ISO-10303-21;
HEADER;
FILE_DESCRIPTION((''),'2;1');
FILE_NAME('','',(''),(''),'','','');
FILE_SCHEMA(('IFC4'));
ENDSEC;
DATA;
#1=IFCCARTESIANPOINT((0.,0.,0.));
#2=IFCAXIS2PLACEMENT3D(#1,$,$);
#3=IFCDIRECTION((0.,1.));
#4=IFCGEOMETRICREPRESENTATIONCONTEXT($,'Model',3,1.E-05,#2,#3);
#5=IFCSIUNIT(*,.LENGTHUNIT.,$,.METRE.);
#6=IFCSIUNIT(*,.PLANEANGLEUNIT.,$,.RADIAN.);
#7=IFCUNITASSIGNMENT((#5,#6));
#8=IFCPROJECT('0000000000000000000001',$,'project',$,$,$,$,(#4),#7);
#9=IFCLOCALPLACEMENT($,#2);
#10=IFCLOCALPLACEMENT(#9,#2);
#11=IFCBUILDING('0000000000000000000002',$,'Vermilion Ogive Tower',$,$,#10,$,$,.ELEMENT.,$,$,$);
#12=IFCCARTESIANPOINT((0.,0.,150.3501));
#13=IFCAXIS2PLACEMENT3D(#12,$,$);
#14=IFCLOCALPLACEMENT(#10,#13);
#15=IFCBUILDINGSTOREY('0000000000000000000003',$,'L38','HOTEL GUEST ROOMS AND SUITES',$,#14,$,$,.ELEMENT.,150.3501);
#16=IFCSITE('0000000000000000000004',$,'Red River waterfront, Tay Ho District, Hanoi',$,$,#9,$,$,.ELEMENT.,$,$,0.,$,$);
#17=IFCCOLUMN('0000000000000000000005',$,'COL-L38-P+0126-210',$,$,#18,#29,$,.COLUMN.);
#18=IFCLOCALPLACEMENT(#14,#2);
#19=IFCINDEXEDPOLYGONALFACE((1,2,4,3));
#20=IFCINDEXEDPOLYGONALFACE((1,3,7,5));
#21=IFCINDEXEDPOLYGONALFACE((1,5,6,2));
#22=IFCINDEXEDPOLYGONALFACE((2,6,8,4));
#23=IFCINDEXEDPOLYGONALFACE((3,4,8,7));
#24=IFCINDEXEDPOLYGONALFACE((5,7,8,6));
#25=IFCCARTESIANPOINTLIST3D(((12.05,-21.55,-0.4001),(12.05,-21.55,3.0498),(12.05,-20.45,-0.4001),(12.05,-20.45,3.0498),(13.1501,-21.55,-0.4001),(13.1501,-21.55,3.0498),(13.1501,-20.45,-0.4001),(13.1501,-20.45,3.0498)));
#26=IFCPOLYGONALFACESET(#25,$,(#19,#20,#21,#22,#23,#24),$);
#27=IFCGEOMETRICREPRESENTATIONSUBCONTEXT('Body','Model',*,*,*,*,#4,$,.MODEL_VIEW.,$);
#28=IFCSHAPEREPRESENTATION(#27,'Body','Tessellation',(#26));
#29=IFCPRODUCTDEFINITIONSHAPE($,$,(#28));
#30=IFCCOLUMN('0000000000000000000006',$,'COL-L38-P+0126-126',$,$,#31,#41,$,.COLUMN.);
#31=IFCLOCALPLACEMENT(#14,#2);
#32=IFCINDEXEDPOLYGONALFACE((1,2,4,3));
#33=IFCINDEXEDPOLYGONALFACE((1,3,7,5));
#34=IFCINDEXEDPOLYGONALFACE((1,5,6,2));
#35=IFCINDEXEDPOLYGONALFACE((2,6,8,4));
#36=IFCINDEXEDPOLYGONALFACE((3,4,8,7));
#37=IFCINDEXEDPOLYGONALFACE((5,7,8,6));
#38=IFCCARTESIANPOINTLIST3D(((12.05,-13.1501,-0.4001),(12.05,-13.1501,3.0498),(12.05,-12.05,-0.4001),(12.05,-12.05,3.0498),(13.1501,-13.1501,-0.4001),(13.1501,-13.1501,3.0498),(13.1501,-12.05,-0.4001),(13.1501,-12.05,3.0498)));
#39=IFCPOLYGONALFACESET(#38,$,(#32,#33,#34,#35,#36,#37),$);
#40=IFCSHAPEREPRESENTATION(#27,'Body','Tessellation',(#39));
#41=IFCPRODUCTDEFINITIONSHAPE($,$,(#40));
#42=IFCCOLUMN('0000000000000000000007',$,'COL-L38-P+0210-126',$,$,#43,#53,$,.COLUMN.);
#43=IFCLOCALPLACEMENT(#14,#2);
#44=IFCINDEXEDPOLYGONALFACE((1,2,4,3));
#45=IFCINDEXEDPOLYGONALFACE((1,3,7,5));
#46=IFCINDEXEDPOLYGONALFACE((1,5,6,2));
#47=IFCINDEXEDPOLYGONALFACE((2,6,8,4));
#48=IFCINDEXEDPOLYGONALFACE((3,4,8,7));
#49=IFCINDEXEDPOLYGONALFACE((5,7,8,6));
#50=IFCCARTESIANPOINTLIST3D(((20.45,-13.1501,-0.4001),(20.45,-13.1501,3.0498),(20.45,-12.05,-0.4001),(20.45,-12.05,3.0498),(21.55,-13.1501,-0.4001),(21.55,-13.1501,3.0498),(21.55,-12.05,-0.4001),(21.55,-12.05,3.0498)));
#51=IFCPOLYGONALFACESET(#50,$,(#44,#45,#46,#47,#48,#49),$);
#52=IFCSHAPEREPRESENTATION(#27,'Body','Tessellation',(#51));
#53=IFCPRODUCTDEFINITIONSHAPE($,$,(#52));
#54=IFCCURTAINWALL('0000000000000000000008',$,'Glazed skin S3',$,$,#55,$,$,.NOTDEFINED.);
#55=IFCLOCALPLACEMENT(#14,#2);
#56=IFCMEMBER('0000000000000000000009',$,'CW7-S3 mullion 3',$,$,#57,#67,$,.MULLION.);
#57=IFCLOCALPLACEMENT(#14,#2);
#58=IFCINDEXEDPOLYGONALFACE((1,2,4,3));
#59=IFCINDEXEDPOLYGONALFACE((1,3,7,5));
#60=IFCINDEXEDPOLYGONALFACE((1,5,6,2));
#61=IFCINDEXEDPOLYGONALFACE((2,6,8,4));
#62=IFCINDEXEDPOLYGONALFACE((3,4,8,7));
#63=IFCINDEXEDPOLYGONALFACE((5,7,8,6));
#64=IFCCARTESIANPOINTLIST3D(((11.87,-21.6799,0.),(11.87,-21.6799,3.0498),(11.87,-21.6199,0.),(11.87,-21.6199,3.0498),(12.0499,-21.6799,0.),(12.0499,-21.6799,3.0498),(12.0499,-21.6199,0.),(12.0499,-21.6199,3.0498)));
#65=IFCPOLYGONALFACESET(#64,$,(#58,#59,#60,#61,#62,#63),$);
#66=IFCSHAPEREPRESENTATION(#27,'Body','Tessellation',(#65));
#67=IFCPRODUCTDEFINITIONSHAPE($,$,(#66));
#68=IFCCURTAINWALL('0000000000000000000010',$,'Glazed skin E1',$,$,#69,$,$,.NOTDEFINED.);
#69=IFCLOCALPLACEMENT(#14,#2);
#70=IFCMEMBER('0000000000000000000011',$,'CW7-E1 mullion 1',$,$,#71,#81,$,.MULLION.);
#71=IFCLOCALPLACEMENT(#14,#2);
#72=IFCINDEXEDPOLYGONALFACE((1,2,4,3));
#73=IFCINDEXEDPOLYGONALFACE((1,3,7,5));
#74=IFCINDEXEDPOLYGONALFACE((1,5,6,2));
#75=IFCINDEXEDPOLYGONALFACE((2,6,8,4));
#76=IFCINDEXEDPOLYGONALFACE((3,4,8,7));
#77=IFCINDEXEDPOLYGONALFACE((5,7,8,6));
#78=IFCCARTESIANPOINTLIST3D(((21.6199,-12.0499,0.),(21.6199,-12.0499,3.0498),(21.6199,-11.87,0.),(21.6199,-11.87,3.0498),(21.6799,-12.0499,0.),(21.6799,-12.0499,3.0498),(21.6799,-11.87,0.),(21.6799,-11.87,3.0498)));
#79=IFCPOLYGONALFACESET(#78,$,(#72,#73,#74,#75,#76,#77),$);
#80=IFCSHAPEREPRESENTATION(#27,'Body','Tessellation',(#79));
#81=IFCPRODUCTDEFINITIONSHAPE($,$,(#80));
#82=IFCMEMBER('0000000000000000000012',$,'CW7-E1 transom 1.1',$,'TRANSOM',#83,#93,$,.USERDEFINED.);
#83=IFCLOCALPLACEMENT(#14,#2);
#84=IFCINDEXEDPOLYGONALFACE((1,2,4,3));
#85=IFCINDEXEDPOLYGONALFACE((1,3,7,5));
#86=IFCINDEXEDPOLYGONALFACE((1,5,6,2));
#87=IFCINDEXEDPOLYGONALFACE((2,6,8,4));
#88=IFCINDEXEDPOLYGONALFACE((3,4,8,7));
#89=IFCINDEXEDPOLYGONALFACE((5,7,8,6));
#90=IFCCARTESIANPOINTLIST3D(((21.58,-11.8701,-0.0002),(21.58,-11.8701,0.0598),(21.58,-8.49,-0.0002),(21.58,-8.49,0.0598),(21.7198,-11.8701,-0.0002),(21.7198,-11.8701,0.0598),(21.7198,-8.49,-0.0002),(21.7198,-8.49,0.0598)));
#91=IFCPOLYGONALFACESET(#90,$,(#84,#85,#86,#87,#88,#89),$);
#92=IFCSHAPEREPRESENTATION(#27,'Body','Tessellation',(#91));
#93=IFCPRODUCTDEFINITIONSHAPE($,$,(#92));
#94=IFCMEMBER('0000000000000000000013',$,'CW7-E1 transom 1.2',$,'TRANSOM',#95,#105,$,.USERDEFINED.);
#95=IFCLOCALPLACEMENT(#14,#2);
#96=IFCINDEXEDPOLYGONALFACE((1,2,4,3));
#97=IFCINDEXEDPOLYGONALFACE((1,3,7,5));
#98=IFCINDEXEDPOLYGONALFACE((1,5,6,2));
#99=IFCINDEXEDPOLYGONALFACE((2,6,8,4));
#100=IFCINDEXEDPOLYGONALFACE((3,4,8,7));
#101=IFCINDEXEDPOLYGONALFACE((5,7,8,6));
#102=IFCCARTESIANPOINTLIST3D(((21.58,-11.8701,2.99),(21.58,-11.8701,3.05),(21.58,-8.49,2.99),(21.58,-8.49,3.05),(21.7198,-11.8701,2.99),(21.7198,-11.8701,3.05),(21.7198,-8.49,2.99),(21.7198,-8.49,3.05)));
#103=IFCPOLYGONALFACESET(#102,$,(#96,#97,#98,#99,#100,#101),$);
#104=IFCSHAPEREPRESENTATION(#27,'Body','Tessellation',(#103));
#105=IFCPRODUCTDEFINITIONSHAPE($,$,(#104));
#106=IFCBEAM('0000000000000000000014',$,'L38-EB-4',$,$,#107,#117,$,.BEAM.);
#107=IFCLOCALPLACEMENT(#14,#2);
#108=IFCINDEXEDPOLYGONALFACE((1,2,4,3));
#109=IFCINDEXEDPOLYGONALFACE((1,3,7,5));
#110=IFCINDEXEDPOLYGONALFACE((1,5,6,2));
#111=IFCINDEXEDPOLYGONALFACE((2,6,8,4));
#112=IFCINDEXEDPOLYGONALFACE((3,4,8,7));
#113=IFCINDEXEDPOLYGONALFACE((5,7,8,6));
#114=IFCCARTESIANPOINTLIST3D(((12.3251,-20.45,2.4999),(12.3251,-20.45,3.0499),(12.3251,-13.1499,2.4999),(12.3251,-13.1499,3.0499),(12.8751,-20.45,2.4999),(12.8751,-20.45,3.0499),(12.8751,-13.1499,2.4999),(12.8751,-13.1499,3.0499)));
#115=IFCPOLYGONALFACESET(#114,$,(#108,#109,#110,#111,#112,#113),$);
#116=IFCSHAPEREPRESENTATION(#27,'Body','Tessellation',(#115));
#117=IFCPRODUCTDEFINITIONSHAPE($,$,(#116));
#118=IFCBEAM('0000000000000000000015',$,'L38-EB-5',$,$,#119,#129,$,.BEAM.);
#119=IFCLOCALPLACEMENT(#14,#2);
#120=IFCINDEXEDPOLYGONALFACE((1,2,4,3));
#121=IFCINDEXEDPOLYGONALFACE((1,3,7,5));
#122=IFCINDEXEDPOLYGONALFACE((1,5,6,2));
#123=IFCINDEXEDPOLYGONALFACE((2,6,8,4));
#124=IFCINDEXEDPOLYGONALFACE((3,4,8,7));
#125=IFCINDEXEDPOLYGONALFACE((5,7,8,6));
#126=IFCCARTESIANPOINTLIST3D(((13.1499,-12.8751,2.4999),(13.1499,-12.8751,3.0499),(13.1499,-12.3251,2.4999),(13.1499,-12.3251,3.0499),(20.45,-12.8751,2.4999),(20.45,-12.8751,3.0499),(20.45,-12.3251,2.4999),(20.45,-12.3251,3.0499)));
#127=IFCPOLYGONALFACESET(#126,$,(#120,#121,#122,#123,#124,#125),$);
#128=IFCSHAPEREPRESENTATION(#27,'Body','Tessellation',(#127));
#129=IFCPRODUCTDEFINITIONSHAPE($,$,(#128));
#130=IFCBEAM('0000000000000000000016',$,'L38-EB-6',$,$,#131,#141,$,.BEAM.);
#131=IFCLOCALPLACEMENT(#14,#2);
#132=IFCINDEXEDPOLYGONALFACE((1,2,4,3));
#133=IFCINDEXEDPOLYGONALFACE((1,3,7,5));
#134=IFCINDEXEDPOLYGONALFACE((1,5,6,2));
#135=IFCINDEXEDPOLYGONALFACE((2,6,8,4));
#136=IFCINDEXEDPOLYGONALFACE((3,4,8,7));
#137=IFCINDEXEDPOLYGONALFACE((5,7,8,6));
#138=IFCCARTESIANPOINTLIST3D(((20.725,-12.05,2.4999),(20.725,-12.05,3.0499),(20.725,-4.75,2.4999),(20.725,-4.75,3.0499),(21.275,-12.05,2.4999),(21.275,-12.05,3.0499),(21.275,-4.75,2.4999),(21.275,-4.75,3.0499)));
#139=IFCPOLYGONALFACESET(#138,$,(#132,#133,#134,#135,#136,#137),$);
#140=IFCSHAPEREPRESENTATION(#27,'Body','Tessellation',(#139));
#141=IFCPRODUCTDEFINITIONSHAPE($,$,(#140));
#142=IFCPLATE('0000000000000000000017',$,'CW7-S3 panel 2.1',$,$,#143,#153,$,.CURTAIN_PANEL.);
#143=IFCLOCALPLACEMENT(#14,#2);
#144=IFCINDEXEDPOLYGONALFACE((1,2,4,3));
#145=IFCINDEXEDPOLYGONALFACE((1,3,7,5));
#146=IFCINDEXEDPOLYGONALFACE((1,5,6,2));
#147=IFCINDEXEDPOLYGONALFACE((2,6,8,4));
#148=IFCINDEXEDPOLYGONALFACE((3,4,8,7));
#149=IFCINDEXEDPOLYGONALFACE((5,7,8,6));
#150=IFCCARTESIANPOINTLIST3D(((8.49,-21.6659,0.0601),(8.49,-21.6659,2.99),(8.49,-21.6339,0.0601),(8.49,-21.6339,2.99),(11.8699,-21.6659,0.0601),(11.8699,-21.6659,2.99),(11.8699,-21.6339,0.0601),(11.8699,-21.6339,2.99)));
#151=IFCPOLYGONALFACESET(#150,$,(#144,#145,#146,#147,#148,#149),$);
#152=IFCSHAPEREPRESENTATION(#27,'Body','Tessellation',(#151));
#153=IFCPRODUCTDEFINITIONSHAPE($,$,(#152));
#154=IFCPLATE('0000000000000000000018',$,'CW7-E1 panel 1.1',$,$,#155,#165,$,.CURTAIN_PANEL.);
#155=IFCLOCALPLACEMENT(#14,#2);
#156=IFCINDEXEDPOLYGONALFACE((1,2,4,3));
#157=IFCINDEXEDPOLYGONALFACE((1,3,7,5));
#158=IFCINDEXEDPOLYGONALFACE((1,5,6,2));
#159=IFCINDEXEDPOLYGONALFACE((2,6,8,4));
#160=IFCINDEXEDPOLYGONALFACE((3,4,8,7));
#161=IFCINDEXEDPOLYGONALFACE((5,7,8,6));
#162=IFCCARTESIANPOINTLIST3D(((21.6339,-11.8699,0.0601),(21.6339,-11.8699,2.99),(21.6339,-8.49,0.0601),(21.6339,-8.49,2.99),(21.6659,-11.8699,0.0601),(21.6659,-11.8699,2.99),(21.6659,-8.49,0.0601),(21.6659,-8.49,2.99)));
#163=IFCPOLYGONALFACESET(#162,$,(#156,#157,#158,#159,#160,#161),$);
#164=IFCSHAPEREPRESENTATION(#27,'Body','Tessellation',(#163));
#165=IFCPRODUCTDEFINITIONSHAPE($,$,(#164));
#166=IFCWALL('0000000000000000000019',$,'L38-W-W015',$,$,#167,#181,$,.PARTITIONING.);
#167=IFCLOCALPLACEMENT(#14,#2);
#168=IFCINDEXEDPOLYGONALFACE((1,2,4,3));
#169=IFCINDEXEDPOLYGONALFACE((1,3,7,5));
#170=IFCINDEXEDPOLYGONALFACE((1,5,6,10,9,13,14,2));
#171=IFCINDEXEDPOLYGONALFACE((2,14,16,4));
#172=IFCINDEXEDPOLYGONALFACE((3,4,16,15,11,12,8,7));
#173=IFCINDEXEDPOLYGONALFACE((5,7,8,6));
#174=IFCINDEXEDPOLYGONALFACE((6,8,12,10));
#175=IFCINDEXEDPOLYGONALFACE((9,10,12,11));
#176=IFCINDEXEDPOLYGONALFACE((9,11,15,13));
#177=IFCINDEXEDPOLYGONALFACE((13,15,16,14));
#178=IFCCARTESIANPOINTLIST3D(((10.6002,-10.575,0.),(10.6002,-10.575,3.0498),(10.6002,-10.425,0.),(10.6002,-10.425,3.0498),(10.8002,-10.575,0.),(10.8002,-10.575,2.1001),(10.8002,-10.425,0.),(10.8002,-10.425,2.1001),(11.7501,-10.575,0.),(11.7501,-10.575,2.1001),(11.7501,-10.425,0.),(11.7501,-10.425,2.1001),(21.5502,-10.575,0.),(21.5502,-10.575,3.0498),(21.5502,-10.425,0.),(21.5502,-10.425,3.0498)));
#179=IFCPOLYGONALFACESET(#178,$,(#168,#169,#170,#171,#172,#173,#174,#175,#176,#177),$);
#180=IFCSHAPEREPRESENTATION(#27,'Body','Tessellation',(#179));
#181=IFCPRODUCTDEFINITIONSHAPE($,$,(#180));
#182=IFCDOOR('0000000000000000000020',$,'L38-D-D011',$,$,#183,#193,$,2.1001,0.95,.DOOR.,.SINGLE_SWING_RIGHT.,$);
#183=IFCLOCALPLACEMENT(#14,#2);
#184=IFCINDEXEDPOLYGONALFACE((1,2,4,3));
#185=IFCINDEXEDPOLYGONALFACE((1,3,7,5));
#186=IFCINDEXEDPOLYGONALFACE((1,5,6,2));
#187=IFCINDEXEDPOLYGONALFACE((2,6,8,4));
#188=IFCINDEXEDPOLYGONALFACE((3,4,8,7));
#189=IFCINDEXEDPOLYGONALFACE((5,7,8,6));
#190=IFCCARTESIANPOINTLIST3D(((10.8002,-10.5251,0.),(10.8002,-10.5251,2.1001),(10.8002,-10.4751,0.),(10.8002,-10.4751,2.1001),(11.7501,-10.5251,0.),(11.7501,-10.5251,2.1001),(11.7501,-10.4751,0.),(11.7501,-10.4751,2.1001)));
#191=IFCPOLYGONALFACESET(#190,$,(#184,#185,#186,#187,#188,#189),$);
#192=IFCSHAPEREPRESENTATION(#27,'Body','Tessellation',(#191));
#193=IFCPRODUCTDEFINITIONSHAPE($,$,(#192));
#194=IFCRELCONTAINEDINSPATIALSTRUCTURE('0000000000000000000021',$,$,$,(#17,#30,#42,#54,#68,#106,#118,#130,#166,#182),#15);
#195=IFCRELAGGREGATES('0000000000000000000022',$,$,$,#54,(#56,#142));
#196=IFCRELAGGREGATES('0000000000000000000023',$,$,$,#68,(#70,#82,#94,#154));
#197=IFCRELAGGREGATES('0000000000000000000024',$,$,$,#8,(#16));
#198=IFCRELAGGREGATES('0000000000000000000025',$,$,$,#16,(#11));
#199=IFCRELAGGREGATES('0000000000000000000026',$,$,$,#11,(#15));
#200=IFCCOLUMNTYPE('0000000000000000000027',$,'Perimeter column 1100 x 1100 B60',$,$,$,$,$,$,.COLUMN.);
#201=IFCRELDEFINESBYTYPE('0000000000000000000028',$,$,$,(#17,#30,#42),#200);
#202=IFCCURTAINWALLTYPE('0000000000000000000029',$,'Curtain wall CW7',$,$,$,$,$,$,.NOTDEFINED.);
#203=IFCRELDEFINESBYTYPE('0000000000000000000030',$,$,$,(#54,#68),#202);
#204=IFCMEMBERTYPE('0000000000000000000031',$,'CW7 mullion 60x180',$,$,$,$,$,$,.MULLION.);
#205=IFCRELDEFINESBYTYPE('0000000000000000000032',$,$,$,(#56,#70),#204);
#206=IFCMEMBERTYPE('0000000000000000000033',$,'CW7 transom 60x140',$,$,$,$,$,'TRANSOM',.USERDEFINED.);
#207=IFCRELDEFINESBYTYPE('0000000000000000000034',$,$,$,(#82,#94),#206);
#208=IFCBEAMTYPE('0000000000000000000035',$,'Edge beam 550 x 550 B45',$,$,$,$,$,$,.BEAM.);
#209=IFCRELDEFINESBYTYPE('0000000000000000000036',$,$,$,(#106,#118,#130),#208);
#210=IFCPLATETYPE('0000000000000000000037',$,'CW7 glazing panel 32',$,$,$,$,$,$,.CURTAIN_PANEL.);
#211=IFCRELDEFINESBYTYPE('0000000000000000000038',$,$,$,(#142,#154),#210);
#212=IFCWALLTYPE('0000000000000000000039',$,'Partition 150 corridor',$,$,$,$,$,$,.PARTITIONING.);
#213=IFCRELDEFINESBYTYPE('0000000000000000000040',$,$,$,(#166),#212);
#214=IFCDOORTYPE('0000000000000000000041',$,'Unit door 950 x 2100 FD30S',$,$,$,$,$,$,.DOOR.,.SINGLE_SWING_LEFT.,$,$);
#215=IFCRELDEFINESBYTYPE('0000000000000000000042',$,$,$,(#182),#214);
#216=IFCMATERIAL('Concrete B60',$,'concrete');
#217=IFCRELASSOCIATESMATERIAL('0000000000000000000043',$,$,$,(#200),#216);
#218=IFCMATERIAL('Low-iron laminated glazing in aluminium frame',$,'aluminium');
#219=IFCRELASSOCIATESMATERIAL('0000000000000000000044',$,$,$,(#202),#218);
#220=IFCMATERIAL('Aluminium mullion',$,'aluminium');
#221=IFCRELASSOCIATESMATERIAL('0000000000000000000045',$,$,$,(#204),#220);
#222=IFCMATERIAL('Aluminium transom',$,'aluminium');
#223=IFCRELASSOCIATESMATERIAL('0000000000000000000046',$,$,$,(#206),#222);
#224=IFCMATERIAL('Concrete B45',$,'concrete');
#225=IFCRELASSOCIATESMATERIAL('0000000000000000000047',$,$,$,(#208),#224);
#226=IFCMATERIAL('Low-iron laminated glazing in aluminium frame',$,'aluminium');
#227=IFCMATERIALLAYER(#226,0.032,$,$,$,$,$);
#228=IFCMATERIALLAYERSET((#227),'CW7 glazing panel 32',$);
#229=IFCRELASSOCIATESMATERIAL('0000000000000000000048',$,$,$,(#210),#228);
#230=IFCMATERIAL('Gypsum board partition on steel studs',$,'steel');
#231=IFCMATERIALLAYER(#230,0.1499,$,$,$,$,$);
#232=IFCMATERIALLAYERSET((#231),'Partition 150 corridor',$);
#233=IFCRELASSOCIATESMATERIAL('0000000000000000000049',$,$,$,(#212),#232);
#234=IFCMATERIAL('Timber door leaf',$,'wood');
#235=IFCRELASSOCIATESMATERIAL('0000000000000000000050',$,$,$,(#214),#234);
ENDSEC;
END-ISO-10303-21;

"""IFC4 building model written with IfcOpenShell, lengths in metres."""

from ifc_helpers import new_model, si_unit, direction, frame, frame_2d, origin, origin_2d, place, context, subcontext, project, spatial, rectangle, extrude, material, layer, layer_set, material_profile, profile_set, type_object, element, fill, aggregate, save


model = new_model("IFC4")

# Units and contexts
model_context = context("Model", 3, precision=1e-05, world=origin(), true_north=direction((0.0, 1.0)))
body_context = subcontext(model_context, "Body", "Model", "MODEL_VIEW")
ifc_project = project(units=[si_unit("LENGTHUNIT", "METRE"), si_unit("PLANEANGLEUNIT", "RADIAN")], contexts=[model_context])

# Site, building, storey
site_placement = place(None, origin())
site = spatial("IfcSite", under=ifc_project, at=site_placement, Name="Red River waterfront, Tay Ho District, Hanoi", CompositionType="ELEMENT", RefElevation=0.0)
building_placement = place(site_placement, origin())
building = spatial("IfcBuilding", under=site, at=building_placement, Name="Vermilion Ogive Tower", CompositionType="ELEMENT")
storey_placement = place(building_placement, frame((0.0, 0.0, 150.3501)))
storey = spatial("IfcBuildingStorey", under=building, at=storey_placement, Name="L38", Description="HOTEL GUEST ROOMS AND SUITES", CompositionType="ELEMENT", Elevation=150.3501)

# Columns
ifc_material_1 = material(Name="Concrete B60", Category="concrete")
ifc_material_profile_1 = material_profile(ifc_material_1, rectangle(XDim=1.1001, YDim=1.1001, at=origin_2d()), Name="1100 x 1100")
ifc_profile_set_1 = profile_set([ifc_material_profile_1], Name="Concrete B60")
column_type = type_object("IfcColumnType", Name="Perimeter column 1100 x 1100 B60", PredefinedType="COLUMN", material=ifc_profile_set_1)
for number, where, z_axis, x_axis, name in (
    (1, (12.6001, -21.0, -0.4001), (0.0, 0.0, 1.0), (1.0, 0.0, 0.0), "COL-L38-P+0126-210"),
    (2, (12.6001, -12.6001, -0.4001), (0.0, 0.0, 1.0), (1.0, 0.0, 0.0), "COL-L38-P+0126-126"),
    (3, (21.0, -12.6001, -0.4001), (0.0, 0.0, 1.0), (1.0, 0.0, 0.0), "COL-L38-P+0210-126"),
):
    element("IfcColumn", number, at=place(storey_placement, frame(where, z_axis=z_axis, x_axis=x_axis)), inside=storey, type_object=column_type, Name=name, PredefinedType="COLUMN", context=body_context, shape_type="SweptSolid", body=[
        extrude(rectangle(XDim=1.1001, YDim=1.1001, at=origin_2d()), origin(), (0.0, 0.0, 1.0), 3.45),
    ])

# Curtain wall, member
ifc_material_2 = material(Name="Low-iron laminated glazing in aluminium frame", Category="aluminium")
curtain_wall_type = type_object("IfcCurtainWallType", Name="Curtain wall CW7", PredefinedType="NOTDEFINED", material=ifc_material_2)
curtain_wall_1_placement = place(storey_placement, origin())
curtain_wall_1 = element("IfcCurtainWall", 4, at=curtain_wall_1_placement, inside=storey, type_object=curtain_wall_type, Name="Glazed skin S3", PredefinedType="NOTDEFINED")
ifc_material_3 = material(Name="Aluminium mullion", Category="aluminium")
ifc_material_profile_2 = material_profile(ifc_material_3, rectangle(XDim=0.0601, YDim=0.1799, at=origin_2d()), Name="AL 60x180")
ifc_profile_set_2 = profile_set([ifc_material_profile_2], Name="Aluminium mullion")
member_type_1 = type_object("IfcMemberType", Name="CW7 mullion 60x180", PredefinedType="MULLION", material=ifc_profile_set_2)
member_1_placement = place(storey_placement, frame((11.96, -21.6499, 0.0), z_axis=(0.0, 0.0, 1.0), x_axis=(0.0, 1.0, 0.0)))
member_1 = element("IfcMember", 5, at=member_1_placement, type_object=member_type_1, Name="CW7-S3 mullion 3", PredefinedType="MULLION", context=body_context, shape_type="SweptSolid", body=[
    extrude(rectangle(XDim=0.0601, YDim=0.1799, at=origin_2d()), origin(), (0.0, 0.0, 1.0), 3.0498),
])

# Curtain wall, members
curtain_wall_2_placement = place(storey_placement, origin())
curtain_wall_2 = element("IfcCurtainWall", 6, at=curtain_wall_2_placement, inside=storey, type_object=curtain_wall_type, Name="Glazed skin E1", PredefinedType="NOTDEFINED")
member_2_placement = place(storey_placement, frame((21.6499, -11.96, 0.0), z_axis=(0.0, 0.0, 1.0), x_axis=(-1.0, 0.0, 0.0)))
member_2 = element("IfcMember", 7, at=member_2_placement, type_object=member_type_1, Name="CW7-E1 mullion 1", PredefinedType="MULLION", context=body_context, shape_type="SweptSolid", body=[
    extrude(rectangle(XDim=0.0601, YDim=0.1799, at=origin_2d()), origin(), (0.0, 0.0, 1.0), 3.0498),
])
ifc_material_4 = material(Name="Aluminium transom", Category="aluminium")
ifc_material_profile_3 = material_profile(ifc_material_4, rectangle(XDim=0.1399, YDim=0.0601, at=origin_2d()), Name="AL 60x140")
ifc_profile_set_3 = profile_set([ifc_material_profile_3], Name="Aluminium transom")
member_type_2 = type_object("IfcMemberType", Name="CW7 transom 60x140", ElementType="TRANSOM", PredefinedType="USERDEFINED", material=ifc_profile_set_3)
member_3_placement = place(storey_placement, frame((21.6499, -11.8701, 0.0298), z_axis=(0.0, 1.0, 0.0), x_axis=(-1.0, 0.0, 0.0)))
member_3 = element("IfcMember", 8, at=member_3_placement, type_object=member_type_2, Name="CW7-E1 transom 1.1", ObjectType="TRANSOM", PredefinedType="USERDEFINED", context=body_context, shape_type="SweptSolid", body=[
    extrude(rectangle(XDim=0.1399, YDim=0.0601, at=origin_2d()), origin(), (0.0, 0.0, 1.0), 3.3801),
])
member_4_placement = place(storey_placement, frame((21.6499, -11.8701, 3.02), z_axis=(0.0, 1.0, 0.0), x_axis=(-1.0, 0.0, 0.0)))
member_4 = element("IfcMember", 9, at=member_4_placement, type_object=member_type_2, Name="CW7-E1 transom 1.2", ObjectType="TRANSOM", PredefinedType="USERDEFINED", context=body_context, shape_type="SweptSolid", body=[
    extrude(rectangle(XDim=0.1399, YDim=0.0601, at=origin_2d()), origin(), (0.0, 0.0, 1.0), 3.3801),
])

# Beams
ifc_material_5 = material(Name="Concrete B45", Category="concrete")
ifc_material_profile_4 = material_profile(ifc_material_5, rectangle(XDim=0.55, YDim=0.55, at=origin_2d()), Name="550 x 550")
ifc_profile_set_4 = profile_set([ifc_material_profile_4], Name="Concrete B45")
beam_type = type_object("IfcBeamType", Name="Edge beam 550 x 550 B45", PredefinedType="BEAM", material=ifc_profile_set_4)
for number, where, z_axis, x_axis, name in (
    (10, (12.6001, -20.45, 2.7749), (0.0, 1.0, 0.0), (-1.0, 0.0, 0.0), "L38-EB-4"),
    (11, (13.1499, -12.6001, 2.7749), (1.0, 0.0, 0.0), (0.0, 1.0, 0.0), "L38-EB-5"),
    (12, (21.0, -12.05, 2.7749), (0.0, 1.0, 0.0), (-1.0, 0.0, 0.0), "L38-EB-6"),
):
    element("IfcBeam", number, at=place(storey_placement, frame(where, z_axis=z_axis, x_axis=x_axis)), inside=storey, type_object=beam_type, Name=name, PredefinedType="BEAM", context=body_context, shape_type="SweptSolid", body=[
        extrude(rectangle(XDim=0.55, YDim=0.55, at=origin_2d()), origin(), (0.0, 0.0, 1.0), 7.3),
    ])

# Plates
ifc_material_6 = material(Name="Low-iron laminated glazing in aluminium frame", Category="aluminium")
ifc_layer_1 = layer(ifc_material_6, 0.032)
ifc_layer_set_1 = layer_set([ifc_layer_1], Name="CW7 glazing panel 32")
plate_type = type_object("IfcPlateType", Name="CW7 glazing panel 32", PredefinedType="CURTAIN_PANEL", material=ifc_layer_set_1)
plate_1_placement = place(storey_placement, frame((10.1799, -21.6499, 0.0601), z_axis=(0.0, 0.0, 1.0), x_axis=(1.0, 0.0, 0.0)))
plate_1 = element("IfcPlate", 13, at=plate_1_placement, type_object=plate_type, Name="CW7-S3 panel 2.1", PredefinedType="CURTAIN_PANEL", context=body_context, shape_type="SweptSolid", body=[
    extrude(rectangle(XDim=3.3799, YDim=0.032, at=origin_2d()), origin(), (0.0, 0.0, 1.0), 2.9299),
])
aggregate(curtain_wall_1, [member_1, plate_1])
plate_2_placement = place(storey_placement, frame((21.6499, -10.1799, 0.0601), z_axis=(0.0, 0.0, 1.0), x_axis=(0.0, 1.0, 0.0)))
plate_2 = element("IfcPlate", 14, at=plate_2_placement, type_object=plate_type, Name="CW7-E1 panel 1.1", PredefinedType="CURTAIN_PANEL", context=body_context, shape_type="SweptSolid", body=[
    extrude(rectangle(XDim=3.3799, YDim=0.032, at=origin_2d()), origin(), (0.0, 0.0, 1.0), 2.9299),
])
aggregate(curtain_wall_2, [member_2, member_3, member_4, plate_2])

# Wall, opening, door
ifc_material_7 = material(Name="Gypsum board partition on steel studs", Category="steel")
ifc_layer_2 = layer(ifc_material_7, 0.1499)
ifc_layer_set_2 = layer_set([ifc_layer_2], Name="Partition 150 corridor")
wall_type_1 = type_object("IfcWallType", Name="Partition 150 corridor", PredefinedType="PARTITIONING", material=ifc_layer_set_2)
wall_1_placement = place(storey_placement, frame((10.6001, -10.5, 0.0), z_axis=(0.0, 0.0, 1.0), x_axis=(1.0, 0.0, 0.0)))
wall_1 = element("IfcWall", 15, at=wall_1_placement, inside=storey, type_object=wall_type_1, Name="L38-W-W015", PredefinedType="PARTITIONING", context=body_context, shape_type="SweptSolid", body=[
    extrude(rectangle(XDim=10.95, YDim=0.1499, at=frame_2d((5.4751, 0.0))), origin(), (0.0, 0.0, 1.0), 3.0498),
])
opening_1_placement = place(wall_1_placement, frame((0.2, 0.0, 0.0)))
opening_1 = element("IfcOpeningElement", 16, at=opening_1_placement, cuts=wall_1, PredefinedType="OPENING", context=body_context, shape_type="SweptSolid", body=[
    extrude(rectangle(XDim=0.95, YDim=2.1001, at=frame_2d((0.4751, 1.05))), frame((0.0, 0.085, 0.0), z_axis=(0.0, -1.0, 0.0), x_axis=(1.0, 0.0, 0.0)), (0.0, 0.0, 1.0), 0.1699),
])
ifc_material_8 = material(Name="Timber door leaf", Category="wood")
door_type = type_object("IfcDoorType", Name="Unit door 950 x 2100 FD30S", OperationType="SINGLE_SWING_LEFT", PredefinedType="DOOR", material=ifc_material_8)
door_placement = place(opening_1_placement, origin())
door = element("IfcDoor", 17, at=door_placement, inside=storey, type_object=door_type, Name="L38-D-D011", OperationType="SINGLE_SWING_RIGHT", OverallHeight=2.1001, OverallWidth=0.95, PredefinedType="DOOR", context=body_context, shape_type="SweptSolid", body=[
    extrude(rectangle(XDim=0.95, YDim=2.1001, at=frame_2d((0.4751, 1.05))), frame((0.0, 0.0249, 0.0), z_axis=(0.0, -1.0, 0.0), x_axis=(1.0, 0.0, 0.0)), (0.0, 0.0, 1.0), 0.05),
])
fill(opening_1, door)

save(model, "model.ifc")
